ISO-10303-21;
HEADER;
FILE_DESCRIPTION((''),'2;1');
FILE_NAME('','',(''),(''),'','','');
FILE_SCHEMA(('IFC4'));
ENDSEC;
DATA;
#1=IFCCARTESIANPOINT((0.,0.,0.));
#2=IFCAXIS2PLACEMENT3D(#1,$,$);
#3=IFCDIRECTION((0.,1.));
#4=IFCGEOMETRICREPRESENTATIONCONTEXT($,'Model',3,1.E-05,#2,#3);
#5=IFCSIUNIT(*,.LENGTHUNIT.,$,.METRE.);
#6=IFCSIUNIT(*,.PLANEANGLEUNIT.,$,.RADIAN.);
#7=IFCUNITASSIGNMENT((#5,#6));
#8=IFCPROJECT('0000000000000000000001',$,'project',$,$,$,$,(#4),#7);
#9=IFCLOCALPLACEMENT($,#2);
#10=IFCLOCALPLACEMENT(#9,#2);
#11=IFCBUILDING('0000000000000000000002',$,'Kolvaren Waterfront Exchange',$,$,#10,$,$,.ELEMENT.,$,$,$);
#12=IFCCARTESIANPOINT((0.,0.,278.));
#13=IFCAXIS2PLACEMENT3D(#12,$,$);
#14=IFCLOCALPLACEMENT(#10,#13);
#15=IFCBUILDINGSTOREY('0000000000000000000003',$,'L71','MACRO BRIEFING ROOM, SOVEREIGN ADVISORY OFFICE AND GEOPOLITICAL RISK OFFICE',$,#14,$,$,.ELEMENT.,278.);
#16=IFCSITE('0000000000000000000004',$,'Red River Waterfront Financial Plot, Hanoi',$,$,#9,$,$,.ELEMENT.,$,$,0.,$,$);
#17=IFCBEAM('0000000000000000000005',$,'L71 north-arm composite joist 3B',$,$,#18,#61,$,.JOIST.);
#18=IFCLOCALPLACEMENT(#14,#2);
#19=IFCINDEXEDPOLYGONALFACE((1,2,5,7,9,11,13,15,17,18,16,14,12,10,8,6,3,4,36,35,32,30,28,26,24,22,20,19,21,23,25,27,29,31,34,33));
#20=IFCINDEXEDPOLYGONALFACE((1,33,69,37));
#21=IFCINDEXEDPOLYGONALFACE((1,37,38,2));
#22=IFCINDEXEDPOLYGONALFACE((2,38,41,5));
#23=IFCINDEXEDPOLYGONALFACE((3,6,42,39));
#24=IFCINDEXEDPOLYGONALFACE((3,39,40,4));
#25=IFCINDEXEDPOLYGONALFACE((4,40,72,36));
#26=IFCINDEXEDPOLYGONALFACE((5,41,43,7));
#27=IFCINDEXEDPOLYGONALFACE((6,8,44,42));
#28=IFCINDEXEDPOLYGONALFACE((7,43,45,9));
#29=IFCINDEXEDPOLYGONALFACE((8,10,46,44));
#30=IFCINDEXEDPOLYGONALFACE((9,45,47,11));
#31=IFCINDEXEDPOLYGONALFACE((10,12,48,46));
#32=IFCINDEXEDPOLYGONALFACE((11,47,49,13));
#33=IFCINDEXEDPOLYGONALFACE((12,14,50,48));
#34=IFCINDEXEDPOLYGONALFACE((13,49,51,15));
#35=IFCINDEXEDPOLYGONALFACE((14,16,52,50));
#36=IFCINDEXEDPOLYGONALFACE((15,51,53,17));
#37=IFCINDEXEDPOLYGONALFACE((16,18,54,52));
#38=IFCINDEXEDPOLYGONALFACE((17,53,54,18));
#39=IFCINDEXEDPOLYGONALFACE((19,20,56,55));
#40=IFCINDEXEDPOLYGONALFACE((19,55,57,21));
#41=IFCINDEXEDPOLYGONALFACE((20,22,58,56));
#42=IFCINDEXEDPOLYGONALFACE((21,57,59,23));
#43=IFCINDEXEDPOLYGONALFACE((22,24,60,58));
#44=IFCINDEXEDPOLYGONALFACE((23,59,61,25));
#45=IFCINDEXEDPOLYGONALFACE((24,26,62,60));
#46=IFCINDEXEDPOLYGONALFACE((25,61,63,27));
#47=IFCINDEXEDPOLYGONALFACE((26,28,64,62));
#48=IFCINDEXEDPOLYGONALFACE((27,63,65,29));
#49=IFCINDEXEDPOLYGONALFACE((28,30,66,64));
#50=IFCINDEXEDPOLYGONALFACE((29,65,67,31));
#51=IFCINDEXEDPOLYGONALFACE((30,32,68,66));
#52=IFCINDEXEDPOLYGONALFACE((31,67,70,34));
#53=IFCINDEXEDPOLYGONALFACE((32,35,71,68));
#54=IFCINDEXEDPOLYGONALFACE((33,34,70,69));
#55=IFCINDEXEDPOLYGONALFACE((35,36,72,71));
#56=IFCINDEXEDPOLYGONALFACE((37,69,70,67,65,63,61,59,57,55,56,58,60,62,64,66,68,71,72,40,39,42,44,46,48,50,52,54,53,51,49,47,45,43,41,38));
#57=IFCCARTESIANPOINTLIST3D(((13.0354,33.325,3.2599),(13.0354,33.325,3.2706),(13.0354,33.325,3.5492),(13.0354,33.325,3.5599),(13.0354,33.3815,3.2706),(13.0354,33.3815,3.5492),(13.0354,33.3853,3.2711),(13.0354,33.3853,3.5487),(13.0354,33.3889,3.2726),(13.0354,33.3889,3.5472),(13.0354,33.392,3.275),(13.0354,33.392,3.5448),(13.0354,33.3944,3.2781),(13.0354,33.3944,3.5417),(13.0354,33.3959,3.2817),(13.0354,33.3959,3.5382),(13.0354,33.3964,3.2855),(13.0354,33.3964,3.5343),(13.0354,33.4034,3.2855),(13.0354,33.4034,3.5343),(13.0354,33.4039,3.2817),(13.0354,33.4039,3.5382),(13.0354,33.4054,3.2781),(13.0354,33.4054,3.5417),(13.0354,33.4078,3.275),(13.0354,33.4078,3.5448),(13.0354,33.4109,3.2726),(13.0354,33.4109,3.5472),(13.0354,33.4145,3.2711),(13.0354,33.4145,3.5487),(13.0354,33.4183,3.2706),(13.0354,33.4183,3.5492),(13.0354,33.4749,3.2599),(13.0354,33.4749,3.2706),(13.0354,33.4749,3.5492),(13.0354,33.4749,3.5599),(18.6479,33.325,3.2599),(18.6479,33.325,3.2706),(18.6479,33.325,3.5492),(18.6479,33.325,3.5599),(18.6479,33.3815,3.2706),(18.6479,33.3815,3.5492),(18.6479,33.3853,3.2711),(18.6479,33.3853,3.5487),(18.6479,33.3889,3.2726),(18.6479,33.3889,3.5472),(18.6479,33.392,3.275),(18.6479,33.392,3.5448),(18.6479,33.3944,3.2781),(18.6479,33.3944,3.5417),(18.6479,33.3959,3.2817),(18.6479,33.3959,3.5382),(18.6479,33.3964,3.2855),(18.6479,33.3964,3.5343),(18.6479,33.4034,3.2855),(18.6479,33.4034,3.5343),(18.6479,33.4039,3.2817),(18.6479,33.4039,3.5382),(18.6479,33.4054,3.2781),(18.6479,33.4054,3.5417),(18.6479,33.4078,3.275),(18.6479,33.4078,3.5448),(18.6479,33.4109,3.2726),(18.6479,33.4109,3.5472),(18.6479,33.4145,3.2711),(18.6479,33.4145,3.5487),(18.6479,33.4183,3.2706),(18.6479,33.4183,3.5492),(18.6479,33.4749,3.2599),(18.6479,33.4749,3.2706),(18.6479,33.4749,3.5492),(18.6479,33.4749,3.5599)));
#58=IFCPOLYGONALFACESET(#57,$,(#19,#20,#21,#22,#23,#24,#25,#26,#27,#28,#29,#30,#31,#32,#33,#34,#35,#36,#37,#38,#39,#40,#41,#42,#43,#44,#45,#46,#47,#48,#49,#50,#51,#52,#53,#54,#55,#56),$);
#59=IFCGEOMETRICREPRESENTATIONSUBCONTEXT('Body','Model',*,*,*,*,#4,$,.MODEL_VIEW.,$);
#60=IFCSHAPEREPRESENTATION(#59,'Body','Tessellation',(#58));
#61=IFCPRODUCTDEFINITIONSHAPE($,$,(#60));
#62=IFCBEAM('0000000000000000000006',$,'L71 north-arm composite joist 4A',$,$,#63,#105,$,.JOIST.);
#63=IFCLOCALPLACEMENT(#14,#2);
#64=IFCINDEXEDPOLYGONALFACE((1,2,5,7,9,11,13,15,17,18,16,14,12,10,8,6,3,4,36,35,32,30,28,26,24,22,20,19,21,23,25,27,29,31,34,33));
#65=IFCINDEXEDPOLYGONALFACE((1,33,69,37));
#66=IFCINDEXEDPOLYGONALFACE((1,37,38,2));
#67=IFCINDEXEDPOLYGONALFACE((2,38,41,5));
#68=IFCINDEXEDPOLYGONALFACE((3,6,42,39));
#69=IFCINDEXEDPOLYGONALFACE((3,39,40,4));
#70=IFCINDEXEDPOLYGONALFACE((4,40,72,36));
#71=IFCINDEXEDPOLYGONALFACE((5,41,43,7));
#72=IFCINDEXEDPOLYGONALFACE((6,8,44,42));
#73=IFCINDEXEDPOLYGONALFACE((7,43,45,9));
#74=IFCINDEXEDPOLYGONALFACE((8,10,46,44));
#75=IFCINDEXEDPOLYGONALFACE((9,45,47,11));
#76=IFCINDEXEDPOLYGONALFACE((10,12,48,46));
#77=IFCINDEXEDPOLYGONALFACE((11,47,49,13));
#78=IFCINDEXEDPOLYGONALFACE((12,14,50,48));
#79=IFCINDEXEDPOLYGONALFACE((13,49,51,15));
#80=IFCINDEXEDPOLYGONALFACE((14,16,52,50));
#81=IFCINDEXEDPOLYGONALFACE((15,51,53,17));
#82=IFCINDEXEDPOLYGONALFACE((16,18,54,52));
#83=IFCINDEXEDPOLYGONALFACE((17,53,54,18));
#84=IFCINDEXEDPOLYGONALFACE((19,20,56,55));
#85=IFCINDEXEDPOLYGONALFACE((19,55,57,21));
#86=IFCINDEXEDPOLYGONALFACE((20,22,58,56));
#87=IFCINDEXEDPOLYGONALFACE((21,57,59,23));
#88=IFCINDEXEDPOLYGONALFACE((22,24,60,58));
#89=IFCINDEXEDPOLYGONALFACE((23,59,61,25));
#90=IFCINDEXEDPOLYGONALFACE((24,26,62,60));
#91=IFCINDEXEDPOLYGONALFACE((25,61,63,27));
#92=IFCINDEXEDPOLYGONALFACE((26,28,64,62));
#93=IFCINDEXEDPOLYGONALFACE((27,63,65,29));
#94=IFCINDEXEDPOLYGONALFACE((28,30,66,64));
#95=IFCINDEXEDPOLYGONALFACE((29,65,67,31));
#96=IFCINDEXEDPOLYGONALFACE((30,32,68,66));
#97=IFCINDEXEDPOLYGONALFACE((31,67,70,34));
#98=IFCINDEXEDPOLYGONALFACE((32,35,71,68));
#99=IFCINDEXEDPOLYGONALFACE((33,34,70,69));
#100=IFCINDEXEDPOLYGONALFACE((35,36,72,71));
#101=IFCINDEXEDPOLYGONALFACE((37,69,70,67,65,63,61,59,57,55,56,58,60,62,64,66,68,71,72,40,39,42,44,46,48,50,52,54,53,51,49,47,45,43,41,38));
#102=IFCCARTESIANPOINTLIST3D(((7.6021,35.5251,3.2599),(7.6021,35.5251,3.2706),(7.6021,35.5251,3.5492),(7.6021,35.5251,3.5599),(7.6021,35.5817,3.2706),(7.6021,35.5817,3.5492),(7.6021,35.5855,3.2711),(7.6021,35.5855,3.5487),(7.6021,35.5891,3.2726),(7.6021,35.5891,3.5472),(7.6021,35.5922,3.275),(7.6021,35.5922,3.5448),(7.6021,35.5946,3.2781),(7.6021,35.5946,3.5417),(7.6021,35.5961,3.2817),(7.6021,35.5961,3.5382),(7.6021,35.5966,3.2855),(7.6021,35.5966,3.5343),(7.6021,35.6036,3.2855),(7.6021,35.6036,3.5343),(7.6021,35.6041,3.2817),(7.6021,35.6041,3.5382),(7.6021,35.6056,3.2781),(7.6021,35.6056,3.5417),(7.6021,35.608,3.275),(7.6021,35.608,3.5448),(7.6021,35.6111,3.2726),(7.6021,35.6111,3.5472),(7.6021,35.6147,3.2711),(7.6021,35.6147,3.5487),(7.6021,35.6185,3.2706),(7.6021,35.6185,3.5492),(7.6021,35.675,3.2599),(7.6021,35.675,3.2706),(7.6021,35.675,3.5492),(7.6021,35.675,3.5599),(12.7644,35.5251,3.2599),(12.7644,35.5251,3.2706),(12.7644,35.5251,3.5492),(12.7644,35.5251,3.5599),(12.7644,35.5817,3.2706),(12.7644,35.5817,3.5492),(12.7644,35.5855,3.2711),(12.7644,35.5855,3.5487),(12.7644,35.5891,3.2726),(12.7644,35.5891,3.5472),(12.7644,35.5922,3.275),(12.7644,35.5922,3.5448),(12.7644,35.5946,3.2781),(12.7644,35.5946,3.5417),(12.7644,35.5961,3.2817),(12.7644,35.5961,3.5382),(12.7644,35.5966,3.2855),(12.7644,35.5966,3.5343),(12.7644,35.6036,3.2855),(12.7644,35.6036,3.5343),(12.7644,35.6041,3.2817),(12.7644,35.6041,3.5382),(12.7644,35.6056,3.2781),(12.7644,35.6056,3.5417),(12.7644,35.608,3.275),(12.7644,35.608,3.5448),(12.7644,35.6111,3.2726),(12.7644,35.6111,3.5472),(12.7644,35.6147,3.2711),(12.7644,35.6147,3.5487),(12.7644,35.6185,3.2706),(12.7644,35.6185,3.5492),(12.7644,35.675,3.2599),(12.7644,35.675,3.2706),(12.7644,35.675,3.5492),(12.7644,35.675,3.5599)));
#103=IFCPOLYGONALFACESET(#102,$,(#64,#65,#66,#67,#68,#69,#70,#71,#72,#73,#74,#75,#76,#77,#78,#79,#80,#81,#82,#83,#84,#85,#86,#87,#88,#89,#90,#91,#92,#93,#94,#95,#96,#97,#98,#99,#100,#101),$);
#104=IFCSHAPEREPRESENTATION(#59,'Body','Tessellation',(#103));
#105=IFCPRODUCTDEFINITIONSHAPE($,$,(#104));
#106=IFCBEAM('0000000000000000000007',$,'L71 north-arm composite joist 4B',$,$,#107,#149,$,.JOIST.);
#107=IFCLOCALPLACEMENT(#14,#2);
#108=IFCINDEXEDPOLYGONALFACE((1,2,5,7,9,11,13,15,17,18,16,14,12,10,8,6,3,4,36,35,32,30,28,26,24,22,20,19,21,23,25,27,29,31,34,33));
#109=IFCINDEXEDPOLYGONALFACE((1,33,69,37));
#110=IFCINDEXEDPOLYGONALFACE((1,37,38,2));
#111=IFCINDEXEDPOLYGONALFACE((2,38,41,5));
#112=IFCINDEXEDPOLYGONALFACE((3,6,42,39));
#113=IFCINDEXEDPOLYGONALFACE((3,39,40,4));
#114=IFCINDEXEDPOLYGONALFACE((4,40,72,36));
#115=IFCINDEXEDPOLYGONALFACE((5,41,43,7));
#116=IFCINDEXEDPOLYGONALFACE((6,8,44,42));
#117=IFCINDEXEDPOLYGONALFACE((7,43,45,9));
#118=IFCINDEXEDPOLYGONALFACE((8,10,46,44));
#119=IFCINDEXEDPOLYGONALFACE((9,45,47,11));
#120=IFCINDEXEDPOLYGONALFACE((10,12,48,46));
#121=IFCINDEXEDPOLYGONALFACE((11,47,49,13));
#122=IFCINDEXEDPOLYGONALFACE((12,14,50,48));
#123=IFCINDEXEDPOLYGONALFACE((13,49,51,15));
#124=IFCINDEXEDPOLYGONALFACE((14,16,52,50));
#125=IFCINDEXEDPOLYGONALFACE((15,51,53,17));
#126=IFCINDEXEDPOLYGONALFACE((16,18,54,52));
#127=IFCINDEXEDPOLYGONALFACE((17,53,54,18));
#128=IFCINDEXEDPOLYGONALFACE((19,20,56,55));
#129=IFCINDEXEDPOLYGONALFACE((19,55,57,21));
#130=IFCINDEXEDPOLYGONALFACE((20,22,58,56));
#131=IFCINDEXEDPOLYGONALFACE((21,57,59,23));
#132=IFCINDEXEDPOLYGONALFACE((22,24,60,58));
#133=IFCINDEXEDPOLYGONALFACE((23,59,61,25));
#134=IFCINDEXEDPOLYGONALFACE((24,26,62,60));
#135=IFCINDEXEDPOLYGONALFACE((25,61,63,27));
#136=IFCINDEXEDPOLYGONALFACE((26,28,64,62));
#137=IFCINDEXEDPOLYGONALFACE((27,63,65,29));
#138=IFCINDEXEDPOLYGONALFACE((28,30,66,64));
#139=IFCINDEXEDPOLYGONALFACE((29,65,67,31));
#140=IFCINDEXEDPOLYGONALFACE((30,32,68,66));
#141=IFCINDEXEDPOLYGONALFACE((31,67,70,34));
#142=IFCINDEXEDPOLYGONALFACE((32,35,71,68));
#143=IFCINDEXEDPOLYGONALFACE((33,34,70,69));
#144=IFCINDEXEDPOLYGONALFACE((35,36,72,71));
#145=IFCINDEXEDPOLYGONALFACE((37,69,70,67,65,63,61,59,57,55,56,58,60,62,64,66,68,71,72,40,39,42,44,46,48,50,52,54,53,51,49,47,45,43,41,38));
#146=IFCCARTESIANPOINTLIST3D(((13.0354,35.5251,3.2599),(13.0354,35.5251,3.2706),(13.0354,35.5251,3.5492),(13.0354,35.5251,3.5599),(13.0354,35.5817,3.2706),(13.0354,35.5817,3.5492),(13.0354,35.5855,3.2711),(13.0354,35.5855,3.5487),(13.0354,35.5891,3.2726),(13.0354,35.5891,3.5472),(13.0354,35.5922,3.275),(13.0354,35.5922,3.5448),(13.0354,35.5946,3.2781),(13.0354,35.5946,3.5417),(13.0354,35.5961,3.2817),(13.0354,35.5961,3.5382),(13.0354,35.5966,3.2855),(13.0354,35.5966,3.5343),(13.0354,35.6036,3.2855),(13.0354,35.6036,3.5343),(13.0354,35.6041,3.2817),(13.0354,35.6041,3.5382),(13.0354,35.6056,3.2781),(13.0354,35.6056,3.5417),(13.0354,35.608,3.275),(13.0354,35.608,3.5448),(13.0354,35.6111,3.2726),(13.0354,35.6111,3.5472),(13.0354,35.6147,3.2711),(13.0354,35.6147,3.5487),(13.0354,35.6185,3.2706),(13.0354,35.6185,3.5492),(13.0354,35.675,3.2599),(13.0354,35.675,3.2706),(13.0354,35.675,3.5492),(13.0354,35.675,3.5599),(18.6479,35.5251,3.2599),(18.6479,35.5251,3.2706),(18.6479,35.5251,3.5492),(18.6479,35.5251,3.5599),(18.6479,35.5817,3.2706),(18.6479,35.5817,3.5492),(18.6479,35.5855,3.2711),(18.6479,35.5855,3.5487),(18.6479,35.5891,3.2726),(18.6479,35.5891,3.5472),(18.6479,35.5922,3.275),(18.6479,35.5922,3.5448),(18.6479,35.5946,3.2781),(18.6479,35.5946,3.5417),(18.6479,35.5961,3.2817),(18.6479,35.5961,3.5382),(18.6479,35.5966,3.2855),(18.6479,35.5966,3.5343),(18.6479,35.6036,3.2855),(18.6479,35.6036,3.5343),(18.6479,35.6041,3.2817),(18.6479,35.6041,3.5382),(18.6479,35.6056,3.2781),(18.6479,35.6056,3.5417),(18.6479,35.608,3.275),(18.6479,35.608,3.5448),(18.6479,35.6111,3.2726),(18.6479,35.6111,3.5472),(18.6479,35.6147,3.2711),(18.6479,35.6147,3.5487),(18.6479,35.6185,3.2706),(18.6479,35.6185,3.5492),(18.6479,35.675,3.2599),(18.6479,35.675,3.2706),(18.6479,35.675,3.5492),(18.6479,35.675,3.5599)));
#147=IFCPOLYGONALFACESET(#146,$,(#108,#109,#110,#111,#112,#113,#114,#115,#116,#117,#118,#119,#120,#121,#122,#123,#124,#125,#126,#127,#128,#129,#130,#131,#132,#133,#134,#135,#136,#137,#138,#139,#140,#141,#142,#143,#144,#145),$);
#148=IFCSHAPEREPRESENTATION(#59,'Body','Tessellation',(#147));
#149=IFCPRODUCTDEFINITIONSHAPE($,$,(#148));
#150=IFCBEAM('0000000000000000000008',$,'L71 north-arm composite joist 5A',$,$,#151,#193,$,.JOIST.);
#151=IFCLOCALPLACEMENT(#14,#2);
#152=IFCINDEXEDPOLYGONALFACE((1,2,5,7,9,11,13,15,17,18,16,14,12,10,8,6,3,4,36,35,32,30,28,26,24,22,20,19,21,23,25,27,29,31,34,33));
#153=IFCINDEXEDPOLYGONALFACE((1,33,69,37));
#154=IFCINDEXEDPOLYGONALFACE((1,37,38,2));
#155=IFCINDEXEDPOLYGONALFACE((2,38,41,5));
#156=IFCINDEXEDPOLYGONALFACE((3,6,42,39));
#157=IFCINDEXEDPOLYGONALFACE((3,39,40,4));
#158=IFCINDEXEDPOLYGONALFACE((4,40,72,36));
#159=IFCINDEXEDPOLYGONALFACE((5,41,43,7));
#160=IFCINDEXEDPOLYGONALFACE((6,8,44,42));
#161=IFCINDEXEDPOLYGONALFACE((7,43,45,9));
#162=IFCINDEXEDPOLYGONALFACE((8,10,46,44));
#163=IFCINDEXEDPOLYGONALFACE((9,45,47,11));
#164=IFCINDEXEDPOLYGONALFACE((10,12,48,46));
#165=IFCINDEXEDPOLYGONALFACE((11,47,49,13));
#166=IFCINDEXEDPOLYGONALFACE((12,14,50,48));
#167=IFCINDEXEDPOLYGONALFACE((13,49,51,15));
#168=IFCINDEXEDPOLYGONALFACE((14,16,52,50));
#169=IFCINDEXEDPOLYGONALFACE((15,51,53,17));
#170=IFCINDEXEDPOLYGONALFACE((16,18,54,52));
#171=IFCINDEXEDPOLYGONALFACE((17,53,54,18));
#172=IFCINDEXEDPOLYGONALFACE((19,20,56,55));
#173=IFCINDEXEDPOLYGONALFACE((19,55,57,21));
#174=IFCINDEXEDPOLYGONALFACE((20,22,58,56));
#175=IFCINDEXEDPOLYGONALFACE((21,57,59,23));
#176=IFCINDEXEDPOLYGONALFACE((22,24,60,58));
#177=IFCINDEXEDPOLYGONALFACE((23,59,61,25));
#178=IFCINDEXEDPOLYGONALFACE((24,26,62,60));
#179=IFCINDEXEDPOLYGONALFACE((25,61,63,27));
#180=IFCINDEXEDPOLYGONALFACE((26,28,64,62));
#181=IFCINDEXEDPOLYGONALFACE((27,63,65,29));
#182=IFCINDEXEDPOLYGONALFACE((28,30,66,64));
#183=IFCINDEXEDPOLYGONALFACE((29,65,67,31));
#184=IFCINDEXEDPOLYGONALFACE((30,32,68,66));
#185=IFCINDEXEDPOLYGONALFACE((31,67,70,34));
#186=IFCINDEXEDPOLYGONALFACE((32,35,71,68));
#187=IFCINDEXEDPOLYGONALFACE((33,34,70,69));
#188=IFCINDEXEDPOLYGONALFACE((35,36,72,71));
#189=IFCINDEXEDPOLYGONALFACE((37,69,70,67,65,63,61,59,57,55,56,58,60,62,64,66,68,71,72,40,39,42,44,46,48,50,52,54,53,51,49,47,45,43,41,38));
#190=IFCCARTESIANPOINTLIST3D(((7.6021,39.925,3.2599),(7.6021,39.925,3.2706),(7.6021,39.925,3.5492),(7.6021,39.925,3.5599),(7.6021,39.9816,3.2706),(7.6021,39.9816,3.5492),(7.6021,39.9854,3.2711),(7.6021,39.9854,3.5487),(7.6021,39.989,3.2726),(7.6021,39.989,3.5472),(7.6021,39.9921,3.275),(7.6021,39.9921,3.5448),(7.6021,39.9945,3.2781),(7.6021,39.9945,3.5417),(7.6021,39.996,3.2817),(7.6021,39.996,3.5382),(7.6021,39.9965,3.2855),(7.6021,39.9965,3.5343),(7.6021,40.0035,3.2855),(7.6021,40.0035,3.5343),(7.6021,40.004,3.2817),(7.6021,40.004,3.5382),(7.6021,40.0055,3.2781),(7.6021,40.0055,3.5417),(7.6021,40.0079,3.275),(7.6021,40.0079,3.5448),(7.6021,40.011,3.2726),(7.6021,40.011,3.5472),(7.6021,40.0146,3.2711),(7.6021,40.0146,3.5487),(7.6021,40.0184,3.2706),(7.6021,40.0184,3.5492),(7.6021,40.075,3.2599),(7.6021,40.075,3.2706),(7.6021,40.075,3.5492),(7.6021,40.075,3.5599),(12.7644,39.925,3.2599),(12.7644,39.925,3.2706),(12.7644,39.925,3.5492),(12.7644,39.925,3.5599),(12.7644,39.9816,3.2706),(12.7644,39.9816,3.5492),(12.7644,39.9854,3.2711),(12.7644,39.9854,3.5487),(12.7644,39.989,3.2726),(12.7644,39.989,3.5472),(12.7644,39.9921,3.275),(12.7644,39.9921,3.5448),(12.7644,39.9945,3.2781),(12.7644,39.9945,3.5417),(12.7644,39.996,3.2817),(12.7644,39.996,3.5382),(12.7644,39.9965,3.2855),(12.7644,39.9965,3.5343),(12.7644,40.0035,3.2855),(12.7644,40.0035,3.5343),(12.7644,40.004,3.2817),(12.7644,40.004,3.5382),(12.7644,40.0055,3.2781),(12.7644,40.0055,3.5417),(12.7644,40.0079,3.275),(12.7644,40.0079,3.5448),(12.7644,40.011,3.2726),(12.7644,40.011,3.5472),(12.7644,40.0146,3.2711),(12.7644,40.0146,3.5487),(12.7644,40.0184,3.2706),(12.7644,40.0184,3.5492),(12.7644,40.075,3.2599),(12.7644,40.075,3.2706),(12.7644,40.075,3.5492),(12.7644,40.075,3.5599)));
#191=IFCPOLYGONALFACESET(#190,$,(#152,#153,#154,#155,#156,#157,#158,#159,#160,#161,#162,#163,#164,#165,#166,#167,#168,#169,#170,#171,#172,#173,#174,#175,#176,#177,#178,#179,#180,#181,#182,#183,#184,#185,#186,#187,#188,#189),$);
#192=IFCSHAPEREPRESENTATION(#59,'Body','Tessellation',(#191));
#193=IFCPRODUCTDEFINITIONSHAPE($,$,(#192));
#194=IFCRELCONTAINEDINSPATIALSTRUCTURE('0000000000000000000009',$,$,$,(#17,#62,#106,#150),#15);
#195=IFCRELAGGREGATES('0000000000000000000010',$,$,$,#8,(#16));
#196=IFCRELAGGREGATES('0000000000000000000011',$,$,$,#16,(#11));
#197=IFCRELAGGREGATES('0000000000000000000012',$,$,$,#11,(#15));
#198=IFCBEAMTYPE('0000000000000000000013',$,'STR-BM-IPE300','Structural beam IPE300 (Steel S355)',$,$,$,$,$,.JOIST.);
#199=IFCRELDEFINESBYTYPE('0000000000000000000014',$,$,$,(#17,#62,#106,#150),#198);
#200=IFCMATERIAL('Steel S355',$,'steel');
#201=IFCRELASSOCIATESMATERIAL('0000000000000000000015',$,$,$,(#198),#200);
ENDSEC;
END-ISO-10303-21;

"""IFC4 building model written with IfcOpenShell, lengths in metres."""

from ifc_helpers import new_model, si_unit, direction, frame, origin, origin_2d, place, context, subcontext, project, spatial, i_section, extrude, material, material_profile, profile_set, type_object, element, save


model = new_model("IFC4")

# Units and contexts
model_context = context("Model", 3, precision=1e-05, world=origin(), true_north=direction((0.0, 1.0)))
body_context = subcontext(model_context, "Body", "Model", "MODEL_VIEW")
ifc_project = project(units=[si_unit("LENGTHUNIT", "METRE"), si_unit("PLANEANGLEUNIT", "RADIAN")], contexts=[model_context])

# Site, building, storey
site_placement = place(None, origin())
site = spatial("IfcSite", under=ifc_project, at=site_placement, Name="Red River Waterfront Financial Plot, Hanoi", CompositionType="ELEMENT", RefElevation=0.0)
building_placement = place(site_placement, origin())
building = spatial("IfcBuilding", under=site, at=building_placement, Name="Kolvaren Waterfront Exchange", CompositionType="ELEMENT")
storey_placement = place(building_placement, frame((0.0, 0.0, 278.0)))
storey = spatial("IfcBuildingStorey", under=building, at=storey_placement, Name="L71", Description="MACRO BRIEFING ROOM, SOVEREIGN ADVISORY OFFICE AND GEOPOLITICAL RISK OFFICE", CompositionType="ELEMENT", Elevation=278.0)

# Beams
ifc_material_1 = material(Name="Steel S355", Category="steel")
ifc_material_profile_1 = material_profile(ifc_material_1, i_section(OverallWidth=0.1499, OverallDepth=0.3, WebThickness=0.0071, FlangeThickness=0.0107, FilletRadius=0.0149, at=origin_2d()), Name="IPE300")
ifc_profile_set_1 = profile_set([ifc_material_profile_1], Name="Steel S355")
beam_type_1 = type_object("IfcBeamType", Name="STR-BM-IPE300", Description="Structural beam IPE300 (Steel S355)", PredefinedType="JOIST", material=ifc_profile_set_1)
beam_1_placement = place(storey_placement, frame((13.0354, 33.3999, 3.4099), z_axis=(1.0, 0.0, 0.0), x_axis=(0.0, 1.0, 0.0)))
element("IfcBeam", 1, at=beam_1_placement, inside=storey, type_object=beam_type_1, Name="L71 north-arm composite joist 3B", PredefinedType="JOIST", context=body_context, shape_type="SweptSolid", body=[
    extrude(i_section(OverallWidth=0.1499, OverallDepth=0.3, WebThickness=0.0071, FlangeThickness=0.0107, FilletRadius=0.0149, at=origin_2d()), origin(), (0.0, 0.0, 1.0), 5.6125),
])
beam_2_placement = place(storey_placement, frame((7.6021, 35.6001, 3.4099), z_axis=(1.0, 0.0, 0.0), x_axis=(0.0, 1.0, 0.0)))
element("IfcBeam", 2, at=beam_2_placement, inside=storey, type_object=beam_type_1, Name="L71 north-arm composite joist 4A", PredefinedType="JOIST", context=body_context, shape_type="SweptSolid", body=[
    extrude(i_section(OverallWidth=0.1499, OverallDepth=0.3, WebThickness=0.0071, FlangeThickness=0.0107, FilletRadius=0.0149, at=origin_2d()), origin(), (0.0, 0.0, 1.0), 5.1624),
])
beam_3_placement = place(storey_placement, frame((13.0354, 35.6001, 3.4099), z_axis=(1.0, 0.0, 0.0), x_axis=(0.0, 1.0, 0.0)))
element("IfcBeam", 3, at=beam_3_placement, inside=storey, type_object=beam_type_1, Name="L71 north-arm composite joist 4B", PredefinedType="JOIST", context=body_context, shape_type="SweptSolid", body=[
    extrude(i_section(OverallWidth=0.1499, OverallDepth=0.3, WebThickness=0.0071, FlangeThickness=0.0107, FilletRadius=0.0149, at=origin_2d()), origin(), (0.0, 0.0, 1.0), 5.6125),
])
beam_4_placement = place(storey_placement, frame((7.6021, 40.0, 3.4099), z_axis=(1.0, 0.0, 0.0), x_axis=(0.0, 1.0, 0.0)))
element("IfcBeam", 4, at=beam_4_placement, inside=storey, type_object=beam_type_1, Name="L71 north-arm composite joist 5A", PredefinedType="JOIST", context=body_context, shape_type="SweptSolid", body=[
    extrude(i_section(OverallWidth=0.1499, OverallDepth=0.3, WebThickness=0.0071, FlangeThickness=0.0107, FilletRadius=0.0149, at=origin_2d()), origin(), (0.0, 0.0, 1.0), 5.1624),
])

save(model, "model.ifc")
